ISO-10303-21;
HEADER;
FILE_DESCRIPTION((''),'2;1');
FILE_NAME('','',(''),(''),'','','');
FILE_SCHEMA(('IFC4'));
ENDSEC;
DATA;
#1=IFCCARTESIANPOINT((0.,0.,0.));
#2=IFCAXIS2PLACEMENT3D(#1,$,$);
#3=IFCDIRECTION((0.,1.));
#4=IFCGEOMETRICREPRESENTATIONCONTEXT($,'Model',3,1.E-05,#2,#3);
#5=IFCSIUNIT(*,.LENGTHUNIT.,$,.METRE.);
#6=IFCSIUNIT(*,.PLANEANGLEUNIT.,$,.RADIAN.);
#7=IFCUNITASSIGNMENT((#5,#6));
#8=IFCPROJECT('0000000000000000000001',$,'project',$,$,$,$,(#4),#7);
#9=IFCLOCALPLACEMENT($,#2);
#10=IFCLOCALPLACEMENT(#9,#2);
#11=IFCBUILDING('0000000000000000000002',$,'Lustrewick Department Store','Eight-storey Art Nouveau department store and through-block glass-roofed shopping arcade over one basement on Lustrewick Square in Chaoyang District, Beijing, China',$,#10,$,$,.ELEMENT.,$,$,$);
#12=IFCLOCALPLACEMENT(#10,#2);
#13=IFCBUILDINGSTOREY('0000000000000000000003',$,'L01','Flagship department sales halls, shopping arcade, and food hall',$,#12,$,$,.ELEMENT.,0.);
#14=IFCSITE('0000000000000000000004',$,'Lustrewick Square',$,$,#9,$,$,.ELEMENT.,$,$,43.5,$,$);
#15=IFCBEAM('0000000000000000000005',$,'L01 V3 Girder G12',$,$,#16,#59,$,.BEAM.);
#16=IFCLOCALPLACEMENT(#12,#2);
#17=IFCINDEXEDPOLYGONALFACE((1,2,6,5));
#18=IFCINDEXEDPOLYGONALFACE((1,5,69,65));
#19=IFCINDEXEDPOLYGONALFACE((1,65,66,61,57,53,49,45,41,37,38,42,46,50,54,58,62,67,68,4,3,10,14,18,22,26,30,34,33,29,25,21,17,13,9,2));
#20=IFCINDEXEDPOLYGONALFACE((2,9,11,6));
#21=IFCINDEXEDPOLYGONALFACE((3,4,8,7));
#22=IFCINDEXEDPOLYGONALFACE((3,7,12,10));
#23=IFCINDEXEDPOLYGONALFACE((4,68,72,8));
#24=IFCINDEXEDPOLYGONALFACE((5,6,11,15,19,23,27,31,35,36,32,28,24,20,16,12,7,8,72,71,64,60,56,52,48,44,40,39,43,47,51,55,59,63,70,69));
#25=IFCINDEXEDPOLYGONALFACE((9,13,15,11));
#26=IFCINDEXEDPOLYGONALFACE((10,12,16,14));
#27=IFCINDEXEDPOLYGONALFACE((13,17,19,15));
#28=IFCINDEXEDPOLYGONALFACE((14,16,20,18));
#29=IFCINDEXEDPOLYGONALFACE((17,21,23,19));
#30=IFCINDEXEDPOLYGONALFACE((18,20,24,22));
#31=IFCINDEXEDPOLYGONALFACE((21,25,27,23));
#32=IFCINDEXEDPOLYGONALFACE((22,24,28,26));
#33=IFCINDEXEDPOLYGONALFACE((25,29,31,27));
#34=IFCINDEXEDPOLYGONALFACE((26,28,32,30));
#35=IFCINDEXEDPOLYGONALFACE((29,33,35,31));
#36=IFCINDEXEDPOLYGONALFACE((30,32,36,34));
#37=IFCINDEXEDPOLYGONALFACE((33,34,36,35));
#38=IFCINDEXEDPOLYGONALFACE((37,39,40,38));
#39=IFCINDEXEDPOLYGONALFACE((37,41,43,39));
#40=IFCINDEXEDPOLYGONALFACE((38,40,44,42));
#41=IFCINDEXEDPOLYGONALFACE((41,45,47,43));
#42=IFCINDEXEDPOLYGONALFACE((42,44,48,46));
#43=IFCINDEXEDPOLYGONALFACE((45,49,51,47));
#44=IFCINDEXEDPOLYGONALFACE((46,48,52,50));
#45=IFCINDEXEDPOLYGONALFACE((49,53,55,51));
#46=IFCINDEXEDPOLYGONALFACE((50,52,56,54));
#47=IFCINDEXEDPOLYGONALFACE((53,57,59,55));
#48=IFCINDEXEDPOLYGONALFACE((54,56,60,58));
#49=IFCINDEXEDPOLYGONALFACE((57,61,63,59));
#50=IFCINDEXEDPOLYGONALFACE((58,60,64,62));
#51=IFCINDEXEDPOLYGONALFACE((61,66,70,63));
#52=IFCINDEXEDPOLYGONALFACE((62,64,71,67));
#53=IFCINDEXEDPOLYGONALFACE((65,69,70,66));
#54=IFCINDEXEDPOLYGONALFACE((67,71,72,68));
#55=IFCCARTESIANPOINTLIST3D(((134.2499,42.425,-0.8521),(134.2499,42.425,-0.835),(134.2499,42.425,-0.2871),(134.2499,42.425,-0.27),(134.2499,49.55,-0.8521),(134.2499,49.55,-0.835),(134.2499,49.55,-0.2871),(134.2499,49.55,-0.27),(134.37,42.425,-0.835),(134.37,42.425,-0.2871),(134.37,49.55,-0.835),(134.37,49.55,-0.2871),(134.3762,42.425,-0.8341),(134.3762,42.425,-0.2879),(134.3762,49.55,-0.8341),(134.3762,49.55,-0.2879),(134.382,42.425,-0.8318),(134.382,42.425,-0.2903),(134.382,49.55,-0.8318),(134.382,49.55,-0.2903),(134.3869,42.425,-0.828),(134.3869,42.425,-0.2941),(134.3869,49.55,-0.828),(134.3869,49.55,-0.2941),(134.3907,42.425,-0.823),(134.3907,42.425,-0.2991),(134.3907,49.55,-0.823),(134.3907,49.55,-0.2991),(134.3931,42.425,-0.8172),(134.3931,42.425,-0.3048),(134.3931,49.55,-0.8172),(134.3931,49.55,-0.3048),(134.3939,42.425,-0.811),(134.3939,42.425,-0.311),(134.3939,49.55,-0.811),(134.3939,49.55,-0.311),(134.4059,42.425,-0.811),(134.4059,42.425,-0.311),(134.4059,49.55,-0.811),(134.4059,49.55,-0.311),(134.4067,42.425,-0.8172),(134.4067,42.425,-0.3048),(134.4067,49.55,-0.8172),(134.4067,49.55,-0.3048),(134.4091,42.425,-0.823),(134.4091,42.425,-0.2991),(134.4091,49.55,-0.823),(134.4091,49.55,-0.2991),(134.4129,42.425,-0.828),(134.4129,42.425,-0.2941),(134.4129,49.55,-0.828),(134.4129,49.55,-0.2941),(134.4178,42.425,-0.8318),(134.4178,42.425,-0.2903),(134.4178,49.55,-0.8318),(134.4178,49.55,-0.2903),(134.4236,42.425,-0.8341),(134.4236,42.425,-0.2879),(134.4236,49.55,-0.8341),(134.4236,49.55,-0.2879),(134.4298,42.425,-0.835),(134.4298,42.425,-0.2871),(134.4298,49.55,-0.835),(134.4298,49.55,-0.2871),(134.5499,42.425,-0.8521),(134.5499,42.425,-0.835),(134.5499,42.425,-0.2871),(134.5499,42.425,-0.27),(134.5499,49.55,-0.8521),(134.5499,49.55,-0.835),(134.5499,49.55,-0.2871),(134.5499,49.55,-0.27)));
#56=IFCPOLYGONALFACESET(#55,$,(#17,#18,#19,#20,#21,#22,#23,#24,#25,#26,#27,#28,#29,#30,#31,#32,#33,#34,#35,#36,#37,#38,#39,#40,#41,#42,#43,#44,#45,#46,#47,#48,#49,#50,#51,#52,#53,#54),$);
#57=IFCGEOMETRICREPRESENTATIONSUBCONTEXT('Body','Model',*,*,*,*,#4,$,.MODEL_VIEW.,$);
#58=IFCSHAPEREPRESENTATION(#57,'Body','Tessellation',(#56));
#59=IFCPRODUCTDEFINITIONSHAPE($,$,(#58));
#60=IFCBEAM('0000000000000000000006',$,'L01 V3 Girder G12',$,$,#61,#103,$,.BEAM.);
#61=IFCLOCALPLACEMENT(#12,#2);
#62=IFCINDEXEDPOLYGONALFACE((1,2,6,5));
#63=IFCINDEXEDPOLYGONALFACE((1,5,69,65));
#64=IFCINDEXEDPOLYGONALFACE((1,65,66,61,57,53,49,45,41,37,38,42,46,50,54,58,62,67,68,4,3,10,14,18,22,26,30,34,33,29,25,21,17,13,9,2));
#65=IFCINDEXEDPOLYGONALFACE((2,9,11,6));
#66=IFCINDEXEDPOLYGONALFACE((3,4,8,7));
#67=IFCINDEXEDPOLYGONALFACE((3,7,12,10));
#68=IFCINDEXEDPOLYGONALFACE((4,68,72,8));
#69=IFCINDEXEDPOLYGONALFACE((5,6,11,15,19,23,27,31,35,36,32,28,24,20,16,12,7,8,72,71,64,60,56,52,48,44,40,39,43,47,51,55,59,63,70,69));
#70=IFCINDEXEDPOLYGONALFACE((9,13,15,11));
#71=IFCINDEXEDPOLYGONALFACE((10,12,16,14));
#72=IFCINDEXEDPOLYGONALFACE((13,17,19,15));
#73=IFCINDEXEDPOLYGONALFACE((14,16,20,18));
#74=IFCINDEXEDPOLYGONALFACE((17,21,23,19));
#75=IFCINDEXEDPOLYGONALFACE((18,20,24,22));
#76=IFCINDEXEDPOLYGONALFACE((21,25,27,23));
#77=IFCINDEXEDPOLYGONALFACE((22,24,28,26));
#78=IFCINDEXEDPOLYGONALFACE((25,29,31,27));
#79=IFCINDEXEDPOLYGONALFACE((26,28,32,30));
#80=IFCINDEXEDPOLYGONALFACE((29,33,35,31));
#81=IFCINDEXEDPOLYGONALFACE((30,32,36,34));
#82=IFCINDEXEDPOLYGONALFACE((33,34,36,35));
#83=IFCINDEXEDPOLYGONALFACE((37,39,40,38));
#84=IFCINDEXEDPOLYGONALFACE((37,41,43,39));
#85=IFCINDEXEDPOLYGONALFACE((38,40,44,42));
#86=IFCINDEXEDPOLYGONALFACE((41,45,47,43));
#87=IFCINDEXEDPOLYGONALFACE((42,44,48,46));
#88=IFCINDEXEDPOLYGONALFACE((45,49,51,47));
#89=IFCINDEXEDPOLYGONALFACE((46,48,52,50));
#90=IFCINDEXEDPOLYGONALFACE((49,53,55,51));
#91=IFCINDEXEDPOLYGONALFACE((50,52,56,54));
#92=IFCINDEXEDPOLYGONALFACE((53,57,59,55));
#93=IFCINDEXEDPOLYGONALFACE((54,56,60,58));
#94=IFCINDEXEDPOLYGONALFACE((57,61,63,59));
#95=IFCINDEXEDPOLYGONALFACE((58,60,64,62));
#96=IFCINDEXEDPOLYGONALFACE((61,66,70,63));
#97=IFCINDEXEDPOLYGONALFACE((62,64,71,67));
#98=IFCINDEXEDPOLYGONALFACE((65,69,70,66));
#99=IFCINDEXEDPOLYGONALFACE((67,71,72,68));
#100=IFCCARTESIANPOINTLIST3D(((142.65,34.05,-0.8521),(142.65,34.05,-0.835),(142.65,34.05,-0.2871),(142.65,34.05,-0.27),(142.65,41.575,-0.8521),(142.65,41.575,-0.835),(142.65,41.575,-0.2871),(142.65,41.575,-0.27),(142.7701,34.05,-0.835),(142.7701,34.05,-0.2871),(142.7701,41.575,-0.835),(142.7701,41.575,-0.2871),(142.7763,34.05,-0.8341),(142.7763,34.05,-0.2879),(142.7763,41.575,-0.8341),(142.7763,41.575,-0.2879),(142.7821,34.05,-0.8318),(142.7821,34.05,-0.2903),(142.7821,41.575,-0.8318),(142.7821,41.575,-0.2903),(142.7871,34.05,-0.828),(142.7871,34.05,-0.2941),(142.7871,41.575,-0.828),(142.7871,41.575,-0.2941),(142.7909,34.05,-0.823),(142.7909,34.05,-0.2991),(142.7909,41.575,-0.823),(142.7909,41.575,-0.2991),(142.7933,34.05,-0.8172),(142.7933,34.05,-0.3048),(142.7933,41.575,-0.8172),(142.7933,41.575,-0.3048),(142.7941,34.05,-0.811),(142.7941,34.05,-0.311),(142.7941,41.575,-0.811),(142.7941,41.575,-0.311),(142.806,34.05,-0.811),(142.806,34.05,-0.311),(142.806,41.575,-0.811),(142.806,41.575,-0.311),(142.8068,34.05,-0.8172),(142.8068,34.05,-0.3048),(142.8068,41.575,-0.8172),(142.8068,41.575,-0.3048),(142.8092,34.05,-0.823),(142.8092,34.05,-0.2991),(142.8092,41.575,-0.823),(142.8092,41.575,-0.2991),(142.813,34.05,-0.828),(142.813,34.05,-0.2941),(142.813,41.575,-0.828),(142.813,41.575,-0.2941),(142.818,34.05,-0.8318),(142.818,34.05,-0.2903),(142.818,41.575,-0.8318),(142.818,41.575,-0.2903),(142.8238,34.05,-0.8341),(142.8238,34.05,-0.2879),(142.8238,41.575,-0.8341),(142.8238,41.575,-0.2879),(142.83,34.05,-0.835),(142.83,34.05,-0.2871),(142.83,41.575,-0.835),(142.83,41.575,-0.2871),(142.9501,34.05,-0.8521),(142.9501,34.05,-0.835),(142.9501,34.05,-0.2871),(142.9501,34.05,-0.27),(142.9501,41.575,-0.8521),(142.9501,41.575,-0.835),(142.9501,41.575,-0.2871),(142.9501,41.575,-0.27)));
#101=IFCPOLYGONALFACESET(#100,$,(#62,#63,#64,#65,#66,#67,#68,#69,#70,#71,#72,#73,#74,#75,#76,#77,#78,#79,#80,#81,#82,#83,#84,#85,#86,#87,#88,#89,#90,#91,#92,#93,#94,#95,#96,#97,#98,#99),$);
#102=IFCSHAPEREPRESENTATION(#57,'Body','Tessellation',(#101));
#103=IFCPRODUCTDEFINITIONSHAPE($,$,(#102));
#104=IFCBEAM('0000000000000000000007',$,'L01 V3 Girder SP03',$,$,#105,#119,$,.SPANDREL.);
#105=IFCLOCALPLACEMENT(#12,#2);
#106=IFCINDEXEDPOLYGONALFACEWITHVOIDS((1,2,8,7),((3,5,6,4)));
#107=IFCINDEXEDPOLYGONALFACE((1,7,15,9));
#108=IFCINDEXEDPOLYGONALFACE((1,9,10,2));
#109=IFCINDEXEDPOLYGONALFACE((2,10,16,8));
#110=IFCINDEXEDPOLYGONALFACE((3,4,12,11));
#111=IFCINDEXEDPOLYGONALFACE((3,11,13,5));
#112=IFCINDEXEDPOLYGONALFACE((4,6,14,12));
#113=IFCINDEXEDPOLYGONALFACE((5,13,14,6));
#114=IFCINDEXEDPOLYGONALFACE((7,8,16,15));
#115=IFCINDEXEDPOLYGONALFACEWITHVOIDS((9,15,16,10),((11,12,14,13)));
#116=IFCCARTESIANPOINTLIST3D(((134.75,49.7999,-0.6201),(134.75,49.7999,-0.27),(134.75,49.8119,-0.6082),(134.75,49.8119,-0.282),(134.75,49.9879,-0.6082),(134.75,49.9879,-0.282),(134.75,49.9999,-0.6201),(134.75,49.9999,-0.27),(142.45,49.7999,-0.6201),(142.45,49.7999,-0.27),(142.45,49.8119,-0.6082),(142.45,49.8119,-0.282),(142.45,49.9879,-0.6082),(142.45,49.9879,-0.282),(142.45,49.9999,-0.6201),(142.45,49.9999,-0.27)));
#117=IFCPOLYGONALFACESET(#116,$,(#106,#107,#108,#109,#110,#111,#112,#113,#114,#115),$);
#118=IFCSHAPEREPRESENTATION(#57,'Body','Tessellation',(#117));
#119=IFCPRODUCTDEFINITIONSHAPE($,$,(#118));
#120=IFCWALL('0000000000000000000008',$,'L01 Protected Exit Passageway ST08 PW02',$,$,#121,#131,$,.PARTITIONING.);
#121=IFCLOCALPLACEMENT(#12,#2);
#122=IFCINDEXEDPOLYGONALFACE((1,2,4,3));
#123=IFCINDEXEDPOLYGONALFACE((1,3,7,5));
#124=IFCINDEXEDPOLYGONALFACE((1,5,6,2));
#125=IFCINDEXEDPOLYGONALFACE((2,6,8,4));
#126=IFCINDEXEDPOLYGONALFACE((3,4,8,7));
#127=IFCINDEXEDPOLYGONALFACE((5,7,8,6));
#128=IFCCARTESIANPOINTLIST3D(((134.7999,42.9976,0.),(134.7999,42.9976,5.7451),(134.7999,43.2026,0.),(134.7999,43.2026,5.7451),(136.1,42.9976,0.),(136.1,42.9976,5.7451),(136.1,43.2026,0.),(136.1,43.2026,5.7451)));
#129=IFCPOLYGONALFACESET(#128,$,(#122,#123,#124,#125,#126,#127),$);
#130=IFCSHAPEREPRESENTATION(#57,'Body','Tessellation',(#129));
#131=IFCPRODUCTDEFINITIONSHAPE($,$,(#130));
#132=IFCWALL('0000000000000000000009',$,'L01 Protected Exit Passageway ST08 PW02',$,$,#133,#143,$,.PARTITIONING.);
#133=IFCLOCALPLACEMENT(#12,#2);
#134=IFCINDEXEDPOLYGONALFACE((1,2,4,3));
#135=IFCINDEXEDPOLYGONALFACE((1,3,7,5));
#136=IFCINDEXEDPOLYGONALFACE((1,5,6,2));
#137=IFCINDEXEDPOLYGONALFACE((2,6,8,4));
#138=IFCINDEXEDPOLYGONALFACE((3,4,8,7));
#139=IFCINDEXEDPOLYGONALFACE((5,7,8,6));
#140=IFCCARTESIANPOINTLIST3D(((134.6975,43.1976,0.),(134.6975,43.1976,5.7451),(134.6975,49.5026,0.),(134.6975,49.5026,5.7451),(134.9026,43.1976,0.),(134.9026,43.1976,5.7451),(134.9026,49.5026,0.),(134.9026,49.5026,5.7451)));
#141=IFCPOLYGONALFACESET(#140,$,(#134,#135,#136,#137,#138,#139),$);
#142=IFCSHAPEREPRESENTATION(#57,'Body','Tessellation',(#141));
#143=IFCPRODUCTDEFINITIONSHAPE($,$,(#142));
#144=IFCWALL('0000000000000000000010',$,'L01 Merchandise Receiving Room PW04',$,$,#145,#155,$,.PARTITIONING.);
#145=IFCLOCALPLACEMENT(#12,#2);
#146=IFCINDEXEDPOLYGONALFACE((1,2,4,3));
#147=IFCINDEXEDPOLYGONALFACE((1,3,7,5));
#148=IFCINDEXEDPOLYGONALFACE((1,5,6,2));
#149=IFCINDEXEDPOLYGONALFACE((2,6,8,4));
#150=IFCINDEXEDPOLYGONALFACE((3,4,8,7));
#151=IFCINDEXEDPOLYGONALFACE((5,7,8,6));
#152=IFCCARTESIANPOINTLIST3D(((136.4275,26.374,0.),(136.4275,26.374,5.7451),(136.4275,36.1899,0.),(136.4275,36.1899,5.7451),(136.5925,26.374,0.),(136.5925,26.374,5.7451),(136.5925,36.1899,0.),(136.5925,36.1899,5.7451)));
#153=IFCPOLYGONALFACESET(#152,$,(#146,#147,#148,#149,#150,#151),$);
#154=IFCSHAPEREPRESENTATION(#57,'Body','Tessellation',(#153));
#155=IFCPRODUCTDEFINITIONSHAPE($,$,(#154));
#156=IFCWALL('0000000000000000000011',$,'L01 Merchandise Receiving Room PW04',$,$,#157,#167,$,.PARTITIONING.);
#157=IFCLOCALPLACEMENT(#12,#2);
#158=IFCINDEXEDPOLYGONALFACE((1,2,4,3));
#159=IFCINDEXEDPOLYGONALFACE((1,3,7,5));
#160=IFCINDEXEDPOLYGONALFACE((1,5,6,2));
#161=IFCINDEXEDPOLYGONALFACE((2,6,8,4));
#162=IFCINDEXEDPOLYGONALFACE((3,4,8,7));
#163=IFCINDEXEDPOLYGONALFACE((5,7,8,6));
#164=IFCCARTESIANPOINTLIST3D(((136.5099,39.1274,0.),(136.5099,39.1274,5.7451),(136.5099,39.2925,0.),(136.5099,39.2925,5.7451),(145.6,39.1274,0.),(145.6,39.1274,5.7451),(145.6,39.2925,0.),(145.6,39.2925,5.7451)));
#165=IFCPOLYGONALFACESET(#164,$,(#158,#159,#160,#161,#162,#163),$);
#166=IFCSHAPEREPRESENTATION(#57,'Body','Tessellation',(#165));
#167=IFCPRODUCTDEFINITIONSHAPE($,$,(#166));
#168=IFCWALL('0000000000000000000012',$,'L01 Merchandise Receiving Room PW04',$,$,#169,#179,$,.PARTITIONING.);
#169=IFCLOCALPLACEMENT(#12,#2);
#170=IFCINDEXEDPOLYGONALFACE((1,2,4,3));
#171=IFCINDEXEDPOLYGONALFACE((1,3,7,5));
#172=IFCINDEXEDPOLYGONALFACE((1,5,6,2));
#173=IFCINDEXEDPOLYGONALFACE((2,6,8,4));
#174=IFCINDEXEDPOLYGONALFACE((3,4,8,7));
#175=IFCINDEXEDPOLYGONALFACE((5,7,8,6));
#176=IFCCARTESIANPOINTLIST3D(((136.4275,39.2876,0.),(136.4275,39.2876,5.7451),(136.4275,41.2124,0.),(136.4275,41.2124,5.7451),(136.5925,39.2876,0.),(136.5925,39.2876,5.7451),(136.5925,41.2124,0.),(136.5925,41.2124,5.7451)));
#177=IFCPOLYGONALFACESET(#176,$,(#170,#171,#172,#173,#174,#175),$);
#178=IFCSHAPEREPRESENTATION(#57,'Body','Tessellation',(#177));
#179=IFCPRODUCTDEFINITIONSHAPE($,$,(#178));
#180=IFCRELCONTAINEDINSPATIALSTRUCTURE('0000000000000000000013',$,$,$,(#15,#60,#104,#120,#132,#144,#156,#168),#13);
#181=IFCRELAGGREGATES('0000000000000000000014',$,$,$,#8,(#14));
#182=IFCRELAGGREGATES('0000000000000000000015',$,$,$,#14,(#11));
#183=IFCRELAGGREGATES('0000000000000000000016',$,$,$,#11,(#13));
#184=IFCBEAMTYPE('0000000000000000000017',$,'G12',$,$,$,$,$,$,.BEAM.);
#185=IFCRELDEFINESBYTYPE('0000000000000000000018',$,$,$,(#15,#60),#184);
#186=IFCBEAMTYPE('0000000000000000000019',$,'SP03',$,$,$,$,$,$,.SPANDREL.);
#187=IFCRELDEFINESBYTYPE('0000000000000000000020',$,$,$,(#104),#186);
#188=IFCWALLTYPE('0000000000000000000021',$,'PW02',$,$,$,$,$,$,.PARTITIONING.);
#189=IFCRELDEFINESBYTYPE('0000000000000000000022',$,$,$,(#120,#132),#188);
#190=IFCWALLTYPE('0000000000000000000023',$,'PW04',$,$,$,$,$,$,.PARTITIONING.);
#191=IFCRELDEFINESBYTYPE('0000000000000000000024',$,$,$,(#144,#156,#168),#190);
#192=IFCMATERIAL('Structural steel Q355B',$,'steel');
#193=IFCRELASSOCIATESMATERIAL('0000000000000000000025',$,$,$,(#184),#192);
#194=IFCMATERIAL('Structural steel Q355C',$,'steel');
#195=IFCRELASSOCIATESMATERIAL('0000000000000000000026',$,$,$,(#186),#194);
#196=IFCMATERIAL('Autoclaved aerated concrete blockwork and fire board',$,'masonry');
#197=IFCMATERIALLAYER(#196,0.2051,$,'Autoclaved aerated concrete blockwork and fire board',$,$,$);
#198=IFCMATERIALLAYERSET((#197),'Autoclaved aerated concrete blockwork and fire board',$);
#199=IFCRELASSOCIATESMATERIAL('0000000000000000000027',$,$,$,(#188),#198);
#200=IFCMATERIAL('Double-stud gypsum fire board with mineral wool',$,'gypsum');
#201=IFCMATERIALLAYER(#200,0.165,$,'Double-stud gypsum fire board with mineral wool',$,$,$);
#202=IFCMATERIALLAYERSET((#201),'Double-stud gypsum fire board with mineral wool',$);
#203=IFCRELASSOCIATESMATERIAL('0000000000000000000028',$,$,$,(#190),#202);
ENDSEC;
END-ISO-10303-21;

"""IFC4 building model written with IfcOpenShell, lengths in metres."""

from ifc_helpers import new_model, si_unit, direction, frame, frame_2d, origin, origin_2d, place, context, subcontext, project, spatial, rectangle, hollow_rectangle, i_section, extrude, material, layer, layer_set, material_profile, profile_set, type_object, element, save


model = new_model("IFC4")

# Units and contexts
model_context = context("Model", 3, precision=1e-05, world=origin(), true_north=direction((0.0, 1.0)))
body_context = subcontext(model_context, "Body", "Model", "MODEL_VIEW")
ifc_project = project(units=[si_unit("LENGTHUNIT", "METRE"), si_unit("PLANEANGLEUNIT", "RADIAN")], contexts=[model_context])

# Site, building, storey
site_placement = place(None, origin())
site = spatial("IfcSite", under=ifc_project, at=site_placement, Name="Lustrewick Square", CompositionType="ELEMENT", RefElevation=43.5)
building_placement = place(site_placement, origin())
building = spatial("IfcBuilding", under=site, at=building_placement, Name="Lustrewick Department Store", Description="Eight-storey Art Nouveau department store and through-block glass-roofed shopping arcade over one basement on Lustrewick Square in Chaoyang District, Beijing, China", CompositionType="ELEMENT")
storey_placement = place(building_placement, origin())
storey = spatial("IfcBuildingStorey", under=building, at=storey_placement, Name="L01", Description="Flagship department sales halls, shopping arcade, and food hall", CompositionType="ELEMENT", Elevation=0.0)

# Shared definitions
ifc_material_1 = material(Name="Structural steel Q355B", Category="steel")

# Shared definitions
ifc_material_2 = material(Name="Structural steel Q355C", Category="steel")

# Beams
ifc_material_profile_1 = material_profile(ifc_material_1, i_section(OverallWidth=0.3, OverallDepth=0.582, WebThickness=0.012, FlangeThickness=0.0171, FilletRadius=0.0239, at=origin_2d()), Name="HM 582x300x12x17")
ifc_profile_set_1 = profile_set([ifc_material_profile_1], Name="Structural steel Q355B")
beam_type_1 = type_object("IfcBeamType", Name="G12", PredefinedType="BEAM", material=ifc_profile_set_1)
beam_1_placement = place(storey_placement, frame((134.3999, 42.425, -0.561), z_axis=(0.0, 1.0, 0.0), x_axis=(-1.0, 0.0, 0.0)))
element("IfcBeam", 1, at=beam_1_placement, inside=storey, type_object=beam_type_1, Name="L01 V3 Girder G12", PredefinedType="BEAM", context=body_context, shape_type="SweptSolid", body=[
    extrude(i_section(OverallWidth=0.3, OverallDepth=0.582, WebThickness=0.012, FlangeThickness=0.0171, FilletRadius=0.0239, at=origin_2d()), origin(), (0.0, 0.0, 1.0), 7.125),
])
beam_2_placement = place(storey_placement, frame((142.8, 34.05, -0.561), z_axis=(0.0, 1.0, 0.0), x_axis=(-1.0, 0.0, 0.0)))
element("IfcBeam", 2, at=beam_2_placement, inside=storey, type_object=beam_type_1, Name="L01 V3 Girder G12", PredefinedType="BEAM", context=body_context, shape_type="SweptSolid", body=[
    extrude(i_section(OverallWidth=0.3, OverallDepth=0.582, WebThickness=0.012, FlangeThickness=0.0171, FilletRadius=0.0239, at=origin_2d()), origin(), (0.0, 0.0, 1.0), 7.5249),
])
ifc_material_profile_2 = material_profile(ifc_material_2, hollow_rectangle(XDim=0.2, YDim=0.3501, WallThickness=0.012, at=origin_2d()), Name="RHS 350x200x12")
ifc_profile_set_2 = profile_set([ifc_material_profile_2], Name="Structural steel Q355C")
beam_type_2 = type_object("IfcBeamType", Name="SP03", PredefinedType="SPANDREL", material=ifc_profile_set_2)
beam_3_placement = place(storey_placement, frame((134.75, 49.8999, -0.4451), z_axis=(1.0, 0.0, 0.0), x_axis=(0.0, 1.0, 0.0)))
element("IfcBeam", 3, at=beam_3_placement, inside=storey, type_object=beam_type_2, Name="L01 V3 Girder SP03", PredefinedType="SPANDREL", context=body_context, shape_type="SweptSolid", body=[
    extrude(hollow_rectangle(XDim=0.2, YDim=0.3501, WallThickness=0.012, at=origin_2d()), origin(), (0.0, 0.0, 1.0), 7.7),
])

# Walls
ifc_material_3 = material(Name="Autoclaved aerated concrete blockwork and fire board", Category="masonry")
ifc_layer_1 = layer(ifc_material_3, 0.2051, Name="Autoclaved aerated concrete blockwork and fire board")
ifc_layer_set_1 = layer_set([ifc_layer_1], Name="Autoclaved aerated concrete blockwork and fire board")
wall_type_1 = type_object("IfcWallType", Name="PW02", PredefinedType="PARTITIONING", material=ifc_layer_set_1)
wall_1_placement = place(storey_placement, frame((134.8, 43.1001, 0.0), z_axis=(0.0, 0.0, 1.0), x_axis=(1.0, 0.0, 0.0)))
element("IfcWall", 4, at=wall_1_placement, inside=storey, type_object=wall_type_1, Name="L01 Protected Exit Passageway ST08 PW02", PredefinedType="PARTITIONING", context=body_context, shape_type="SweptSolid", body=[
    extrude(rectangle(XDim=1.3, YDim=0.2051, at=frame_2d((0.6499, 0.0))), origin(), (0.0, 0.0, 1.0), 5.7451),
])
wall_2_placement = place(storey_placement, frame((134.8, 49.5024, 0.0), z_axis=(0.0, 0.0, 1.0), x_axis=(0.0, -1.0, 0.0)))
element("IfcWall", 5, at=wall_2_placement, inside=storey, type_object=wall_type_1, Name="L01 Protected Exit Passageway ST08 PW02", PredefinedType="PARTITIONING", context=body_context, shape_type="SweptSolid", body=[
    extrude(rectangle(XDim=6.3049, YDim=0.2051, at=frame_2d((3.1523, 0.0))), origin(), (0.0, 0.0, 1.0), 5.7451),
])
ifc_material_4 = material(Name="Double-stud gypsum fire board with mineral wool", Category="gypsum")
ifc_layer_2 = layer(ifc_material_4, 0.165, Name="Double-stud gypsum fire board with mineral wool")
ifc_layer_set_2 = layer_set([ifc_layer_2], Name="Double-stud gypsum fire board with mineral wool")
wall_type_2 = type_object("IfcWallType", Name="PW04", PredefinedType="PARTITIONING", material=ifc_layer_set_2)
wall_3_placement = place(storey_placement, frame((136.51, 36.1899, 0.0), z_axis=(0.0, 0.0, 1.0), x_axis=(0.0, -1.0, 0.0)))
element("IfcWall", 6, at=wall_3_placement, inside=storey, type_object=wall_type_2, Name="L01 Merchandise Receiving Room PW04", PredefinedType="PARTITIONING", context=body_context, shape_type="SweptSolid", body=[
    extrude(rectangle(XDim=9.8159, YDim=0.165, at=frame_2d((4.908, 0.0))), origin(), (0.0, 0.0, 1.0), 5.7451),
])
wall_4_placement = place(storey_placement, frame((136.51, 39.21, 0.0), z_axis=(0.0, 0.0, 1.0), x_axis=(1.0, 0.0, 0.0)))
element("IfcWall", 7, at=wall_4_placement, inside=storey, type_object=wall_type_2, Name="L01 Merchandise Receiving Room PW04", PredefinedType="PARTITIONING", context=body_context, shape_type="SweptSolid", body=[
    extrude(rectangle(XDim=9.0901, YDim=0.165, at=frame_2d((4.5449, 0.0))), origin(), (0.0, 0.0, 1.0), 5.7451),
])
wall_5_placement = place(storey_placement, frame((136.51, 41.2124, 0.0), z_axis=(0.0, 0.0, 1.0), x_axis=(0.0, -1.0, 0.0)))
element("IfcWall", 8, at=wall_5_placement, inside=storey, type_object=wall_type_2, Name="L01 Merchandise Receiving Room PW04", PredefinedType="PARTITIONING", context=body_context, shape_type="SweptSolid", body=[
    extrude(rectangle(XDim=1.9248, YDim=0.165, at=frame_2d((0.9624, 0.0))), origin(), (0.0, 0.0, 1.0), 5.7451),
])

save(model, "model.ifc")
